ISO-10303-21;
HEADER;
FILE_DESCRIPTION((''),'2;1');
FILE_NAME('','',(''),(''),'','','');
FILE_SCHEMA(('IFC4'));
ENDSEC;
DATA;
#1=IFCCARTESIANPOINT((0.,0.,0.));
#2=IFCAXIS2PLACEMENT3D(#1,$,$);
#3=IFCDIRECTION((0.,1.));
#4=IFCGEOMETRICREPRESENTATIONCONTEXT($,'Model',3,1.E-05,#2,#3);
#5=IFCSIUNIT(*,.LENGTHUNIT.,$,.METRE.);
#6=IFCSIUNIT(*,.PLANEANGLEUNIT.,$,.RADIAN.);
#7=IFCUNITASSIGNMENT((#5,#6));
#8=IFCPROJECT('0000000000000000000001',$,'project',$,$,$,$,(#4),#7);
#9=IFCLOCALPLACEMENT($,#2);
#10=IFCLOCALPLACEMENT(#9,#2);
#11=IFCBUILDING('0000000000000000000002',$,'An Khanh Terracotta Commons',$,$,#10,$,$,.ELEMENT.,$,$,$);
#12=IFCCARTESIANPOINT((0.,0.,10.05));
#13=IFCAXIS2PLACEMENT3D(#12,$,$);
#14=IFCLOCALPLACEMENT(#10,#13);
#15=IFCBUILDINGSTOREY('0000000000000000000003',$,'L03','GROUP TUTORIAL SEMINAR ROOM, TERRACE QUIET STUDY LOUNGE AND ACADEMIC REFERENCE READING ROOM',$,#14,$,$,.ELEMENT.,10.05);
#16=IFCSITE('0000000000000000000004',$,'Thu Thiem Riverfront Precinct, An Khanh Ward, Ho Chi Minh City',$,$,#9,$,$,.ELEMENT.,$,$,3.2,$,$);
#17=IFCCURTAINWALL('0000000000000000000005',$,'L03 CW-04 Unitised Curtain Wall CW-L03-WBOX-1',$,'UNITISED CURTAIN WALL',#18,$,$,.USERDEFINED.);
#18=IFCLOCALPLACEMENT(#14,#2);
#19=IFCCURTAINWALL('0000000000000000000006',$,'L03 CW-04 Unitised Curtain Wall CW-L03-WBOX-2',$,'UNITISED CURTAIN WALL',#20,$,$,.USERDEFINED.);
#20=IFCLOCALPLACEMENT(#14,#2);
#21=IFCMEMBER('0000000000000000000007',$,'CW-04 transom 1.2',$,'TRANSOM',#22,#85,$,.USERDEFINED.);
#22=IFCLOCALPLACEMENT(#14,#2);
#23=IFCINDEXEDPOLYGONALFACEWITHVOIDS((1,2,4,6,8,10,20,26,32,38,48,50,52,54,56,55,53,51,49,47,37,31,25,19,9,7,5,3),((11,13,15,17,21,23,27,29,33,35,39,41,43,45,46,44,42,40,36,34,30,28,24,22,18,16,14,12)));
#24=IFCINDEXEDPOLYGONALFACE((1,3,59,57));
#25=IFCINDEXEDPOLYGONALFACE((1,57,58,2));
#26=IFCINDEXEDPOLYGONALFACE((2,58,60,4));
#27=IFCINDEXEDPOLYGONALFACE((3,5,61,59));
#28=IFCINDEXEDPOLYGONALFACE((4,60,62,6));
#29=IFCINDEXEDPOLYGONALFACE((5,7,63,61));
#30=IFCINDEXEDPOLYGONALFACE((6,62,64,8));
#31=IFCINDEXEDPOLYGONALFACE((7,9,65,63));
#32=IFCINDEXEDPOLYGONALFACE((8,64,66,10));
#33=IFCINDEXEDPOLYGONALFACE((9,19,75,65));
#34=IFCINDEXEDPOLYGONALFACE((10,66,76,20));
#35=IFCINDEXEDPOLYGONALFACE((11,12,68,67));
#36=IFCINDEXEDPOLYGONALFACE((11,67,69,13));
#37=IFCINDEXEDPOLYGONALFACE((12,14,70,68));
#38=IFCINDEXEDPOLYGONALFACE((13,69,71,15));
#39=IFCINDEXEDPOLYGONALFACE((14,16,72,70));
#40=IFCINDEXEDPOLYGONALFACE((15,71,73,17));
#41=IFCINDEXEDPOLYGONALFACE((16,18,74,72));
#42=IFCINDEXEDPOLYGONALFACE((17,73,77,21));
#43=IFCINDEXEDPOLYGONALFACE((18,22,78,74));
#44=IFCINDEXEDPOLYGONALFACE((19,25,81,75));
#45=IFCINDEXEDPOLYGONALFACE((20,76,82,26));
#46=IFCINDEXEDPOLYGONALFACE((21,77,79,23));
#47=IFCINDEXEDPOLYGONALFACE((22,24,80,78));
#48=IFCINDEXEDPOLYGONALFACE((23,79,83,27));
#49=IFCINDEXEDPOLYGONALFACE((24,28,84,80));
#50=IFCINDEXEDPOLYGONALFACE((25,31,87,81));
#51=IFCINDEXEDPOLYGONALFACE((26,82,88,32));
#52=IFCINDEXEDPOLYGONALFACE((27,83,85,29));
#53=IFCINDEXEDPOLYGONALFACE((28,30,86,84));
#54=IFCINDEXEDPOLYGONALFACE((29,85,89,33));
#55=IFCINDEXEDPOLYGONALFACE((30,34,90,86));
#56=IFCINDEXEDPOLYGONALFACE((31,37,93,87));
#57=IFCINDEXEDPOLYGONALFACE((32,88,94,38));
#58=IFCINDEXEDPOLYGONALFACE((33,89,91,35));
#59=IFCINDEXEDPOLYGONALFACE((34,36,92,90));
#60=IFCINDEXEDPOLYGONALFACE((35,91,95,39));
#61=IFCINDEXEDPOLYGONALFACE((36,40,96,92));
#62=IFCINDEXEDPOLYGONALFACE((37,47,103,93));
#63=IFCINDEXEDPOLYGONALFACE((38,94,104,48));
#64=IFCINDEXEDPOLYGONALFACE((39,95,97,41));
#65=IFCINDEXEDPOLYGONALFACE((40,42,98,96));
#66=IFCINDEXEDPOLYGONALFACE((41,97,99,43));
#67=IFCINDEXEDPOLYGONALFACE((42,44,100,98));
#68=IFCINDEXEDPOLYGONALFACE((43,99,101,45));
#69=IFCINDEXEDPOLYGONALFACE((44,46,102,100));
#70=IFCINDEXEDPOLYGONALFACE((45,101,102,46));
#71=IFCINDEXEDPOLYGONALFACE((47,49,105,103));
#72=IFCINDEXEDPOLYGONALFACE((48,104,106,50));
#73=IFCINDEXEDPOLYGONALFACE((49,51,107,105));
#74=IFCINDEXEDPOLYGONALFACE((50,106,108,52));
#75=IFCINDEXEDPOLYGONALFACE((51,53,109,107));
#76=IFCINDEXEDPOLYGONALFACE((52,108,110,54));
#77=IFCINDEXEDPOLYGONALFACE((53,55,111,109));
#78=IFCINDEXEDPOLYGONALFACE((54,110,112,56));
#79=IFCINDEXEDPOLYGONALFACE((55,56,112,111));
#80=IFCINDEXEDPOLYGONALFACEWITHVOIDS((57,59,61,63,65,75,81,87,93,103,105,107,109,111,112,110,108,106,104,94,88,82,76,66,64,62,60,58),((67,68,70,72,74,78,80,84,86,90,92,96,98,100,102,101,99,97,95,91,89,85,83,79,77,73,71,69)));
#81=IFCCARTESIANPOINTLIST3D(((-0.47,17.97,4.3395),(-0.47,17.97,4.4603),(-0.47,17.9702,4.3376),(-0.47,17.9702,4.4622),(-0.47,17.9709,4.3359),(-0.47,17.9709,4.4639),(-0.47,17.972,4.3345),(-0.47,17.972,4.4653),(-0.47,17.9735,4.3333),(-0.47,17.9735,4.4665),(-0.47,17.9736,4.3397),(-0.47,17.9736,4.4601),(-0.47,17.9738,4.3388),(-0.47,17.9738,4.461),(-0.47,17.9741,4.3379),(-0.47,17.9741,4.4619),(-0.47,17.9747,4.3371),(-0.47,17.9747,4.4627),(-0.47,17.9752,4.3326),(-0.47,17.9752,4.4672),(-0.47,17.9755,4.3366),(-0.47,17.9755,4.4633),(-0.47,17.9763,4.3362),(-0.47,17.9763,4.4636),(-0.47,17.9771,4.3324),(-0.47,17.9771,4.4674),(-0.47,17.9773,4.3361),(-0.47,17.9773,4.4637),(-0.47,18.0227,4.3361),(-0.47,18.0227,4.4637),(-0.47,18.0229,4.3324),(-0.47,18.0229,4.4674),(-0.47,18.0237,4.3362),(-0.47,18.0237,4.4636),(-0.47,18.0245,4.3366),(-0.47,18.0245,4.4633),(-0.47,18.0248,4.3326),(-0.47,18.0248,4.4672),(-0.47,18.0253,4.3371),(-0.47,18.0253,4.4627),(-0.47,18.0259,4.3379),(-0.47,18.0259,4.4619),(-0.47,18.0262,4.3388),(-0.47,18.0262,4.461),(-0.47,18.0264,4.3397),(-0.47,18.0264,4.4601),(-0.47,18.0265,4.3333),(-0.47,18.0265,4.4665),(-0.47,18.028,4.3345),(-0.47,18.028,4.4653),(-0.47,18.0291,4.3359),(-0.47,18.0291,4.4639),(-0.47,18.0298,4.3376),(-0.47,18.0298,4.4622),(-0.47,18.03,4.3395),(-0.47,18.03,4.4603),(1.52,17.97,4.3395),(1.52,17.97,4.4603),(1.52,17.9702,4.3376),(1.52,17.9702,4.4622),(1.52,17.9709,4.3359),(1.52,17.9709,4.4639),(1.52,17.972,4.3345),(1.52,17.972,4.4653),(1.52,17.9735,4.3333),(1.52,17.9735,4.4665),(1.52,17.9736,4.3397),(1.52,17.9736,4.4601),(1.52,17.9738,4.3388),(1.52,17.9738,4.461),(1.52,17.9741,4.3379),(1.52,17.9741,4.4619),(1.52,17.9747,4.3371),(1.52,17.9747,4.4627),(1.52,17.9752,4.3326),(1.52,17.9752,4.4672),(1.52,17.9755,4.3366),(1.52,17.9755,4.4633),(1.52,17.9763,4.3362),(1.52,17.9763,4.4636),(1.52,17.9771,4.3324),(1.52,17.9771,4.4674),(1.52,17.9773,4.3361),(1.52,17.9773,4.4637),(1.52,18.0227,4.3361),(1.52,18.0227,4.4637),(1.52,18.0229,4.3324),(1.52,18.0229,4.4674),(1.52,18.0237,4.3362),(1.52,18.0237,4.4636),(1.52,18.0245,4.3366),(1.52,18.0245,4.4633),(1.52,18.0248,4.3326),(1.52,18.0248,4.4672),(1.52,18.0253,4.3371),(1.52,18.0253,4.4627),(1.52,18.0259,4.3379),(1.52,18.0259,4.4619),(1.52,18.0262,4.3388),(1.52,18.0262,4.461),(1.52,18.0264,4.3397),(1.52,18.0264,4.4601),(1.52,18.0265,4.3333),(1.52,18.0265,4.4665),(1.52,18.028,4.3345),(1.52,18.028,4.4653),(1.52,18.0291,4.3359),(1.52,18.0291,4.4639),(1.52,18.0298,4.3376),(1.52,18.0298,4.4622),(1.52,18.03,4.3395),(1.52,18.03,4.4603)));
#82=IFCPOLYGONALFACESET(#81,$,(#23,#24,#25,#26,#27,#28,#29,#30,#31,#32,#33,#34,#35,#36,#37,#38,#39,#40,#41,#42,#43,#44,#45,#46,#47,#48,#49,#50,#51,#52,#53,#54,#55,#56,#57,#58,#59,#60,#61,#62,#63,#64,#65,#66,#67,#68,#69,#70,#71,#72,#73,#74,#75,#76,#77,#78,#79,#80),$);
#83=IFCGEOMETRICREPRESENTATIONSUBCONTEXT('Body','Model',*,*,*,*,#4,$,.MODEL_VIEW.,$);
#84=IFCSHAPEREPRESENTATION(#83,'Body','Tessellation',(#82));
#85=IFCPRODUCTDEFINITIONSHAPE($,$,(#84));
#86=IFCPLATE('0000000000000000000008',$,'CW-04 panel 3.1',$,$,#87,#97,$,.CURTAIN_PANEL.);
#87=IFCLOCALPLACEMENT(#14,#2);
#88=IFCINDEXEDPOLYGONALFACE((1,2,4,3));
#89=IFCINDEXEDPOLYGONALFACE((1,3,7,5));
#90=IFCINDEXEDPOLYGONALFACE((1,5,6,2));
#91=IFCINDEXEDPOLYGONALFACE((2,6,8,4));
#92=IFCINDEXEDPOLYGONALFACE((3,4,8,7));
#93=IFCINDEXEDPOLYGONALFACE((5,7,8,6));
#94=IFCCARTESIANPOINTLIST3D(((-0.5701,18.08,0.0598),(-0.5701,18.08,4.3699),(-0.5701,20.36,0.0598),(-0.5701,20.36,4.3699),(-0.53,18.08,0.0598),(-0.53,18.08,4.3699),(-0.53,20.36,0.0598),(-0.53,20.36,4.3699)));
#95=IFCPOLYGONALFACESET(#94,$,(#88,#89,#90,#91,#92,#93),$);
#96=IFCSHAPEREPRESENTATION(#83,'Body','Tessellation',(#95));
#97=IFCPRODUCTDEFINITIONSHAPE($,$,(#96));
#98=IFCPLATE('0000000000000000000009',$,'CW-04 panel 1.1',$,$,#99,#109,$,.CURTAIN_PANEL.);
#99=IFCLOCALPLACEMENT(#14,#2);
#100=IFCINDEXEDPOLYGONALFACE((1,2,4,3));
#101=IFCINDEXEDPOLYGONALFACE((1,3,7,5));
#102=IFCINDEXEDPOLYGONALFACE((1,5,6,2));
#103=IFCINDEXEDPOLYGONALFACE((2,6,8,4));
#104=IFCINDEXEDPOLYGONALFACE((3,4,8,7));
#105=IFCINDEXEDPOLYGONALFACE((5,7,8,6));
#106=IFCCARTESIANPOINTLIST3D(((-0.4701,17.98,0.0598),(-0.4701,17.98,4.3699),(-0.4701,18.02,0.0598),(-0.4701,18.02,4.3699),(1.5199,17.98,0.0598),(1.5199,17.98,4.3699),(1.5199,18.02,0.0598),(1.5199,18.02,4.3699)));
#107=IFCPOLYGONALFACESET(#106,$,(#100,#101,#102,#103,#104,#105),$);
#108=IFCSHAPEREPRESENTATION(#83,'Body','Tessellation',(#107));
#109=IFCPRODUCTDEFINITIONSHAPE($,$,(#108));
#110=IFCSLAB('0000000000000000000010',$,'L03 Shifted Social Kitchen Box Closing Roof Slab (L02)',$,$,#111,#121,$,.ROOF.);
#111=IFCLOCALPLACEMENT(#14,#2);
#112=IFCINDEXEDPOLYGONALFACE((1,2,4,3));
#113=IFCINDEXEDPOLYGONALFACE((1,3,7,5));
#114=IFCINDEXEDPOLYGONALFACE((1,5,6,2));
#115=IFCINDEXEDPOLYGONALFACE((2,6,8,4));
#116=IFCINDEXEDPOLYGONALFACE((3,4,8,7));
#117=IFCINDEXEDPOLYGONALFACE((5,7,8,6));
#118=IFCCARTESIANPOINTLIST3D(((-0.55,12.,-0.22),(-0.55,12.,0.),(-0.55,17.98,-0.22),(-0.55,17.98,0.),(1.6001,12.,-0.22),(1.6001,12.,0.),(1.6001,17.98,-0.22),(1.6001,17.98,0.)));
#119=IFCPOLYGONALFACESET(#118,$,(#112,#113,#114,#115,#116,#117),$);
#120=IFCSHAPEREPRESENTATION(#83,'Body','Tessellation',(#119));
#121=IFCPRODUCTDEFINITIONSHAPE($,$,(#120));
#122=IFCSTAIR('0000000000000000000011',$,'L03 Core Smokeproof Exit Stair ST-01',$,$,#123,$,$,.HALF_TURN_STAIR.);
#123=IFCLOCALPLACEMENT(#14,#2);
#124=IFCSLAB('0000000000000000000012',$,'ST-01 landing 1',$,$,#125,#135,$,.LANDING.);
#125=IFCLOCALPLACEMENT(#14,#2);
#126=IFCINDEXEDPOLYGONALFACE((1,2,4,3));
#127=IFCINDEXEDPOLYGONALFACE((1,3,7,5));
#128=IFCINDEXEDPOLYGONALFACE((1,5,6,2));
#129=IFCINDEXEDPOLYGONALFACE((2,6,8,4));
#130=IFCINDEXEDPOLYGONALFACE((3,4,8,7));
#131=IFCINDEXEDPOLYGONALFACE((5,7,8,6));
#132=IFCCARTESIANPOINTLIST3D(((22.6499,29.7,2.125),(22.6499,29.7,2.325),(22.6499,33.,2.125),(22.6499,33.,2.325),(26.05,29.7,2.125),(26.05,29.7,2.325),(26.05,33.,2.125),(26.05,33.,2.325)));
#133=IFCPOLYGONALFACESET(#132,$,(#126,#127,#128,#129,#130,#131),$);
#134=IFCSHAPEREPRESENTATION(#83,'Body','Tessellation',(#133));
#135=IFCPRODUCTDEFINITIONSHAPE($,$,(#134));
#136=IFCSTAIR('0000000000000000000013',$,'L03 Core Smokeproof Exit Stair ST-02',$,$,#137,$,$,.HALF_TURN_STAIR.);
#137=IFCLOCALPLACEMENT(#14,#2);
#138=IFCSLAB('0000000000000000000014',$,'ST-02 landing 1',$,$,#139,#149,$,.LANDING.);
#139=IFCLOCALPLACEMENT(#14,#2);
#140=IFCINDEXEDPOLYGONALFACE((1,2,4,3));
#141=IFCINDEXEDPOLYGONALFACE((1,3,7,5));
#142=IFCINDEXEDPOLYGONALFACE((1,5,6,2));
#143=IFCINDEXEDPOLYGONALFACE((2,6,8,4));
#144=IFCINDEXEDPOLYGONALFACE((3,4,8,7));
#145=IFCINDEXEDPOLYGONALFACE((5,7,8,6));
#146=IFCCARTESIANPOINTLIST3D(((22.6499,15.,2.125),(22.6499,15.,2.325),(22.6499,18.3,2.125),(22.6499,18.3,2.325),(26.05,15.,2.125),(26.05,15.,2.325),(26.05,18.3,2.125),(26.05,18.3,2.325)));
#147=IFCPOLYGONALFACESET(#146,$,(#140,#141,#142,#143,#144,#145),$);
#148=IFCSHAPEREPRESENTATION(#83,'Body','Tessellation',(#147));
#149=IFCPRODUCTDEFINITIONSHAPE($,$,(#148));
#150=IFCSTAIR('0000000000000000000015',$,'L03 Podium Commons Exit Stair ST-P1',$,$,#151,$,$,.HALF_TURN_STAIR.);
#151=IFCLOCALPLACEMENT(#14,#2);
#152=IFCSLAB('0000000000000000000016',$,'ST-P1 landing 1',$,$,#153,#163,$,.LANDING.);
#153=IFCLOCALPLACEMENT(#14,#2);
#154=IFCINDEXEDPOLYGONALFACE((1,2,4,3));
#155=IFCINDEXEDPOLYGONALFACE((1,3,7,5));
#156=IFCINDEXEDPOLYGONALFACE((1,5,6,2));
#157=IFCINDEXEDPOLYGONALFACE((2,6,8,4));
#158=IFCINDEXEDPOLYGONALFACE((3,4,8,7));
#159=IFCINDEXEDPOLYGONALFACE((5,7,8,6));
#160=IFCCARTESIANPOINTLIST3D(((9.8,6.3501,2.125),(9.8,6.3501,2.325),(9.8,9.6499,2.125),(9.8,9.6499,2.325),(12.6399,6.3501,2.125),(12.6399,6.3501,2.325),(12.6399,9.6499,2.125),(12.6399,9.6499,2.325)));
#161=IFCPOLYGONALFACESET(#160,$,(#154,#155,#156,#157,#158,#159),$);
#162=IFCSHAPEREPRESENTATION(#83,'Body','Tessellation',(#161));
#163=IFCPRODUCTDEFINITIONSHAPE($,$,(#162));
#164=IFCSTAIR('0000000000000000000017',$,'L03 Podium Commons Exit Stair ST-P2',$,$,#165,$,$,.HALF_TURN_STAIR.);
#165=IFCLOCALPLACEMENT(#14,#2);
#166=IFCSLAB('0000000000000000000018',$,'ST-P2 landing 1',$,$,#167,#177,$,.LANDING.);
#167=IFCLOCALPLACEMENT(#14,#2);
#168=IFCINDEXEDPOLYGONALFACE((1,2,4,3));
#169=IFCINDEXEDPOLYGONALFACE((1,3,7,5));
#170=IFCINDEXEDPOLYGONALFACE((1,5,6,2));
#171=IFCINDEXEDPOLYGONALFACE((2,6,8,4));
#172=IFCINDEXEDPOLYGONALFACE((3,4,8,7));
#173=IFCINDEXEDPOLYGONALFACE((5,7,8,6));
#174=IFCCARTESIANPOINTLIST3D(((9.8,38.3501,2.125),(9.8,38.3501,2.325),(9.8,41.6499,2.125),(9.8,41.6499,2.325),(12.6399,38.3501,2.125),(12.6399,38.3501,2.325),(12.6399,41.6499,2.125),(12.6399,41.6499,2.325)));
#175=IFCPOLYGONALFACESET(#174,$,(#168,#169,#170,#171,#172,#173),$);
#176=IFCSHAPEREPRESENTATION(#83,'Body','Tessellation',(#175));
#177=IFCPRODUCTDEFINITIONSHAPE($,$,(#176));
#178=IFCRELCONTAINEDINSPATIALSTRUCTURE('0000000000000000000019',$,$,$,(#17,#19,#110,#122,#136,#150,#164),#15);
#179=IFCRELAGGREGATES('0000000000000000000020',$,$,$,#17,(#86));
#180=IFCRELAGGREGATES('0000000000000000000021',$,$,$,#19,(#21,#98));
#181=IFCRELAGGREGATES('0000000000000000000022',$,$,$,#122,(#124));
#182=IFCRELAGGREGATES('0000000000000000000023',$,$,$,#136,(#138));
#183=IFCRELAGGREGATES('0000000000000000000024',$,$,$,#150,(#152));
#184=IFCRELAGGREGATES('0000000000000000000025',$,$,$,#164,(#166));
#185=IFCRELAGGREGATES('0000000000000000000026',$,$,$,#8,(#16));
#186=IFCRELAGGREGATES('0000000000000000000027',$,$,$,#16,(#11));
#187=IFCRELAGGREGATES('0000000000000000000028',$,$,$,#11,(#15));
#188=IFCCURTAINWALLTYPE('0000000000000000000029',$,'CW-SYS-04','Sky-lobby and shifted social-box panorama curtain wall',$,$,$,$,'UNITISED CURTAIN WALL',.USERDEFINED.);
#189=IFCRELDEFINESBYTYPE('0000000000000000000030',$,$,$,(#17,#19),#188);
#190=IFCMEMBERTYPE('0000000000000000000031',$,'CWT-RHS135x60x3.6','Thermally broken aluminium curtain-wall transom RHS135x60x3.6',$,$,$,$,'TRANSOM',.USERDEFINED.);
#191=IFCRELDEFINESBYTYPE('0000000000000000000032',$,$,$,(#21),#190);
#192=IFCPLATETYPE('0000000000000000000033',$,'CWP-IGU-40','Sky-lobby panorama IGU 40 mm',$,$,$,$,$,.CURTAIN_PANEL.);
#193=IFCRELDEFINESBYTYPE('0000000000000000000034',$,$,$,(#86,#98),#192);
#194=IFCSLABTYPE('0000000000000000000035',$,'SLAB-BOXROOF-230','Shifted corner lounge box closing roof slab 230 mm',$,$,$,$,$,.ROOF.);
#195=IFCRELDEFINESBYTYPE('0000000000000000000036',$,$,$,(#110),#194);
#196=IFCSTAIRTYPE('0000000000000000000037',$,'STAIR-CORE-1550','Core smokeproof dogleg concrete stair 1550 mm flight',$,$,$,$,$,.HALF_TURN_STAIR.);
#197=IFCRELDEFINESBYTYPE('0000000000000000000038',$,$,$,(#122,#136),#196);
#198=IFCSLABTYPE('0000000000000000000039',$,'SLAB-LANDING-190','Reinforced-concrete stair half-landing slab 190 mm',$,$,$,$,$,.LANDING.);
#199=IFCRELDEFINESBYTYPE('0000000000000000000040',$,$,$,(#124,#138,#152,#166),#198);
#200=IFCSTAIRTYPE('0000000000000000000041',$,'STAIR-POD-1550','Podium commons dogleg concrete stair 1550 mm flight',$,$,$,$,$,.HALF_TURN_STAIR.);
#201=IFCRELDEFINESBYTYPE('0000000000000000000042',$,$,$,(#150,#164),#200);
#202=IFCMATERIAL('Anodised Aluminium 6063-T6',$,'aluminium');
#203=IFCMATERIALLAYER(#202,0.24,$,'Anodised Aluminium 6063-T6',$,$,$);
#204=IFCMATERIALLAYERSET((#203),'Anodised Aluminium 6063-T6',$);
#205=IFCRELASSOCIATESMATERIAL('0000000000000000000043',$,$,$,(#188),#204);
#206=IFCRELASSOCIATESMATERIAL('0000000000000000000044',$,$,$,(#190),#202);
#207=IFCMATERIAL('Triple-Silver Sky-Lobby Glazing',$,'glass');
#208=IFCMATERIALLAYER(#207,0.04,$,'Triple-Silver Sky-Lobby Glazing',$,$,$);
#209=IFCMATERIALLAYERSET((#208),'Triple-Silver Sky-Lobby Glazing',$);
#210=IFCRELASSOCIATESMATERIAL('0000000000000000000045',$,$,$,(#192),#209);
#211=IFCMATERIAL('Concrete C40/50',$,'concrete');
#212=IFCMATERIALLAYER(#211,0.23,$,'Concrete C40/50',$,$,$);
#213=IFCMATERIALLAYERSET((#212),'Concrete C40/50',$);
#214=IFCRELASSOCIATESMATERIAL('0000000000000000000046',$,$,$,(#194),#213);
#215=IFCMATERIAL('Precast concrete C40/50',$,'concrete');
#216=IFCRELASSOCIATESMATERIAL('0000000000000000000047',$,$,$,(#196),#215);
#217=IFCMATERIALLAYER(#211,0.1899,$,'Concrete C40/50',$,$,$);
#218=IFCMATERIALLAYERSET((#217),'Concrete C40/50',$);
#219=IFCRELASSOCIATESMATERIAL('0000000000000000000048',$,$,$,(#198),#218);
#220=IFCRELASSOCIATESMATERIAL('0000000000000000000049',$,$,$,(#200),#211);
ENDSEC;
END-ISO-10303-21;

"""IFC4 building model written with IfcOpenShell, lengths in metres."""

from ifc_helpers import new_model, si_unit, direction, frame, origin, origin_2d, place, context, subcontext, project, spatial, polyline, rectangle, hollow_rectangle, outline, extrude, material, layer, layer_set, material_profile, profile_set, type_object, element, aggregate, save


model = new_model("IFC4")

# Units and contexts
model_context = context("Model", 3, precision=1e-05, world=origin(), true_north=direction((0.0, 1.0)))
body_context = subcontext(model_context, "Body", "Model", "MODEL_VIEW")
ifc_project = project(units=[si_unit("LENGTHUNIT", "METRE"), si_unit("PLANEANGLEUNIT", "RADIAN")], contexts=[model_context])

# Site, building, storey
site_placement = place(None, origin())
site = spatial("IfcSite", under=ifc_project, at=site_placement, Name="Thu Thiem Riverfront Precinct, An Khanh Ward, Ho Chi Minh City", CompositionType="ELEMENT", RefElevation=3.2)
building_placement = place(site_placement, origin())
building = spatial("IfcBuilding", under=site, at=building_placement, Name="An Khanh Terracotta Commons", CompositionType="ELEMENT")
storey_placement = place(building_placement, frame((0.0, 0.0, 10.05)))
storey = spatial("IfcBuildingStorey", under=building, at=storey_placement, Name="L03", Description="GROUP TUTORIAL SEMINAR ROOM, TERRACE QUIET STUDY LOUNGE AND ACADEMIC REFERENCE READING ROOM", CompositionType="ELEMENT", Elevation=10.05)

# Curtain walls
ifc_material_1 = material(Name="Anodised Aluminium 6063-T6", Category="aluminium")
ifc_layer_1 = layer(ifc_material_1, 0.24, Name="Anodised Aluminium 6063-T6")
ifc_layer_set_1 = layer_set([ifc_layer_1], Name="Anodised Aluminium 6063-T6")
curtain_wall_type = type_object("IfcCurtainWallType", Name="CW-SYS-04", Description="Sky-lobby and shifted social-box panorama curtain wall", ElementType="UNITISED CURTAIN WALL", PredefinedType="USERDEFINED", material=ifc_layer_set_1)
curtain_wall_1_placement = place(storey_placement, origin())
curtain_wall_1 = element("IfcCurtainWall", 1, at=curtain_wall_1_placement, inside=storey, type_object=curtain_wall_type, Name="L03 CW-04 Unitised Curtain Wall CW-L03-WBOX-1", ObjectType="UNITISED CURTAIN WALL", PredefinedType="USERDEFINED")
curtain_wall_2_placement = place(storey_placement, origin())
curtain_wall_2 = element("IfcCurtainWall", 2, at=curtain_wall_2_placement, inside=storey, type_object=curtain_wall_type, Name="L03 CW-04 Unitised Curtain Wall CW-L03-WBOX-2", ObjectType="UNITISED CURTAIN WALL", PredefinedType="USERDEFINED")

# Member
ifc_material_profile_1 = material_profile(ifc_material_1, hollow_rectangle(XDim=0.0601, YDim=0.135, WallThickness=0.0037, InnerFilletRadius=0.0037, OuterFilletRadius=0.0071, at=origin_2d()), Name="RHS135x60x3.6")
ifc_profile_set_1 = profile_set([ifc_material_profile_1], Name="Anodised Aluminium 6063-T6")
member_type_1 = type_object("IfcMemberType", Name="CWT-RHS135x60x3.6", Description="Thermally broken aluminium curtain-wall transom RHS135x60x3.6", ElementType="TRANSOM", PredefinedType="USERDEFINED", material=ifc_profile_set_1)
member_1_placement = place(storey_placement, frame((1.52, 18.0, 4.3999), z_axis=(-1.0, 0.0, 0.0), x_axis=(0.0, -1.0, 0.0)))
member_1 = element("IfcMember", 3, at=member_1_placement, type_object=member_type_1, Name="CW-04 transom 1.2", ObjectType="TRANSOM", PredefinedType="USERDEFINED", context=body_context, shape_type="SweptSolid", body=[
    extrude(hollow_rectangle(XDim=0.0601, YDim=0.135, WallThickness=0.0037, InnerFilletRadius=0.0037, OuterFilletRadius=0.0071, at=origin_2d()), origin(), (0.0, 0.0, 1.0), 1.99),
])

# Plates
ifc_material_2 = material(Name="Triple-Silver Sky-Lobby Glazing", Category="glass")
ifc_layer_2 = layer(ifc_material_2, 0.04, Name="Triple-Silver Sky-Lobby Glazing")
ifc_layer_set_2 = layer_set([ifc_layer_2], Name="Triple-Silver Sky-Lobby Glazing")
plate_type = type_object("IfcPlateType", Name="CWP-IGU-40", Description="Sky-lobby panorama IGU 40 mm", PredefinedType="CURTAIN_PANEL", material=ifc_layer_set_2)
plate_1_placement = place(storey_placement, frame((-0.55, 19.22, 0.0598), z_axis=(0.0, 0.0, 1.0), x_axis=(0.0, -1.0, 0.0)))
plate_1 = element("IfcPlate", 4, at=plate_1_placement, type_object=plate_type, Name="CW-04 panel 3.1", PredefinedType="CURTAIN_PANEL", context=body_context, shape_type="SweptSolid", body=[
    extrude(rectangle(XDim=2.28, YDim=0.04, at=origin_2d()), origin(), (0.0, 0.0, 1.0), 4.3101),
])
aggregate(curtain_wall_1, [plate_1])
plate_2_placement = place(storey_placement, frame((0.5249, 18.0, 0.0598), z_axis=(0.0, 0.0, 1.0), x_axis=(-1.0, 0.0, 0.0)))
plate_2 = element("IfcPlate", 5, at=plate_2_placement, type_object=plate_type, Name="CW-04 panel 1.1", PredefinedType="CURTAIN_PANEL", context=body_context, shape_type="SweptSolid", body=[
    extrude(rectangle(XDim=1.99, YDim=0.04, at=origin_2d()), origin(), (0.0, 0.0, 1.0), 4.3101),
])
aggregate(curtain_wall_2, [member_1, plate_2])

# Slab
ifc_material_3 = material(Name="Concrete C40/50", Category="concrete")
ifc_layer_3 = layer(ifc_material_3, 0.23, Name="Concrete C40/50")
ifc_layer_set_3 = layer_set([ifc_layer_3], Name="Concrete C40/50")
slab_type_1 = type_object("IfcSlabType", Name="SLAB-BOXROOF-230", Description="Shifted corner lounge box closing roof slab 230 mm", PredefinedType="ROOF", material=ifc_layer_set_3)
slab_1_placement = place(storey_placement, frame((0.0, 0.0, -0.22)))
element("IfcSlab", 6, at=slab_1_placement, inside=storey, type_object=slab_type_1, Name="L03 Shifted Social Kitchen Box Closing Roof Slab (L02)", PredefinedType="ROOF", context=body_context, shape_type="SweptSolid", body=[
    extrude(outline(polyline([(1.6001, 12.0), (-0.55, 12.0), (-0.55, 17.98), (1.6001, 17.98), (1.6001, 12.0)])), origin(), (0.0, 0.0, 1.0), 0.22),
])

# Stairs, slabs
ifc_material_4 = material(Name="Precast concrete C40/50", Category="concrete")
stair_type_1 = type_object("IfcStairType", Name="STAIR-CORE-1550", Description="Core smokeproof dogleg concrete stair 1550 mm flight", PredefinedType="HALF_TURN_STAIR", material=ifc_material_4)
stair_1_placement = place(storey_placement, origin())
stair_1 = element("IfcStair", 7, at=stair_1_placement, inside=storey, type_object=stair_type_1, Name="L03 Core Smokeproof Exit Stair ST-01", PredefinedType="HALF_TURN_STAIR")
ifc_layer_4 = layer(ifc_material_3, 0.1899, Name="Concrete C40/50")
ifc_layer_set_4 = layer_set([ifc_layer_4], Name="Concrete C40/50")
slab_type_2 = type_object("IfcSlabType", Name="SLAB-LANDING-190", Description="Reinforced-concrete stair half-landing slab 190 mm", PredefinedType="LANDING", material=ifc_layer_set_4)
slab_2_placement = place(storey_placement, frame((0.0, 0.0, 2.125)))
slab_2 = element("IfcSlab", 8, at=slab_2_placement, type_object=slab_type_2, Name="ST-01 landing 1", PredefinedType="LANDING", context=body_context, shape_type="SweptSolid", body=[
    extrude(outline(polyline([(26.05, 33.0), (22.6499, 33.0), (22.6499, 29.7), (26.05, 29.7), (26.05, 33.0)])), origin(), (0.0, 0.0, 1.0), 0.2),
])
aggregate(stair_1, [slab_2])
stair_2_placement = place(storey_placement, origin())
stair_2 = element("IfcStair", 9, at=stair_2_placement, inside=storey, type_object=stair_type_1, Name="L03 Core Smokeproof Exit Stair ST-02", PredefinedType="HALF_TURN_STAIR")
slab_3_placement = place(storey_placement, frame((0.0, 0.0, 2.125)))
slab_3 = element("IfcSlab", 10, at=slab_3_placement, type_object=slab_type_2, Name="ST-02 landing 1", PredefinedType="LANDING", context=body_context, shape_type="SweptSolid", body=[
    extrude(outline(polyline([(26.05, 18.3), (22.6499, 18.3), (22.6499, 15.0), (26.05, 15.0), (26.05, 18.3)])), origin(), (0.0, 0.0, 1.0), 0.2),
])
aggregate(stair_2, [slab_3])
stair_type_2 = type_object("IfcStairType", Name="STAIR-POD-1550", Description="Podium commons dogleg concrete stair 1550 mm flight", PredefinedType="HALF_TURN_STAIR", material=ifc_material_3)
stair_3_placement = place(storey_placement, origin())
stair_3 = element("IfcStair", 11, at=stair_3_placement, inside=storey, type_object=stair_type_2, Name="L03 Podium Commons Exit Stair ST-P1", PredefinedType="HALF_TURN_STAIR")
slab_4_placement = place(storey_placement, frame((0.0, 0.0, 2.125)))
slab_4 = element("IfcSlab", 12, at=slab_4_placement, type_object=slab_type_2, Name="ST-P1 landing 1", PredefinedType="LANDING", context=body_context, shape_type="SweptSolid", body=[
    extrude(outline(polyline([(12.6399, 9.6499), (9.8, 9.6499), (9.8, 6.3501), (12.6399, 6.3501), (12.6399, 9.6499)])), origin(), (0.0, 0.0, 1.0), 0.2),
])
aggregate(stair_3, [slab_4])
stair_4_placement = place(storey_placement, origin())
stair_4 = element("IfcStair", 13, at=stair_4_placement, inside=storey, type_object=stair_type_2, Name="L03 Podium Commons Exit Stair ST-P2", PredefinedType="HALF_TURN_STAIR")
slab_5_placement = place(storey_placement, frame((0.0, 0.0, 2.125)))
slab_5 = element("IfcSlab", 14, at=slab_5_placement, type_object=slab_type_2, Name="ST-P2 landing 1", PredefinedType="LANDING", context=body_context, shape_type="SweptSolid", body=[
    extrude(outline(polyline([(12.6399, 41.6499), (9.8, 41.6499), (9.8, 38.3501), (12.6399, 38.3501), (12.6399, 41.6499)])), origin(), (0.0, 0.0, 1.0), 0.2),
])
aggregate(stair_4, [slab_5])

save(model, "model.ifc")
